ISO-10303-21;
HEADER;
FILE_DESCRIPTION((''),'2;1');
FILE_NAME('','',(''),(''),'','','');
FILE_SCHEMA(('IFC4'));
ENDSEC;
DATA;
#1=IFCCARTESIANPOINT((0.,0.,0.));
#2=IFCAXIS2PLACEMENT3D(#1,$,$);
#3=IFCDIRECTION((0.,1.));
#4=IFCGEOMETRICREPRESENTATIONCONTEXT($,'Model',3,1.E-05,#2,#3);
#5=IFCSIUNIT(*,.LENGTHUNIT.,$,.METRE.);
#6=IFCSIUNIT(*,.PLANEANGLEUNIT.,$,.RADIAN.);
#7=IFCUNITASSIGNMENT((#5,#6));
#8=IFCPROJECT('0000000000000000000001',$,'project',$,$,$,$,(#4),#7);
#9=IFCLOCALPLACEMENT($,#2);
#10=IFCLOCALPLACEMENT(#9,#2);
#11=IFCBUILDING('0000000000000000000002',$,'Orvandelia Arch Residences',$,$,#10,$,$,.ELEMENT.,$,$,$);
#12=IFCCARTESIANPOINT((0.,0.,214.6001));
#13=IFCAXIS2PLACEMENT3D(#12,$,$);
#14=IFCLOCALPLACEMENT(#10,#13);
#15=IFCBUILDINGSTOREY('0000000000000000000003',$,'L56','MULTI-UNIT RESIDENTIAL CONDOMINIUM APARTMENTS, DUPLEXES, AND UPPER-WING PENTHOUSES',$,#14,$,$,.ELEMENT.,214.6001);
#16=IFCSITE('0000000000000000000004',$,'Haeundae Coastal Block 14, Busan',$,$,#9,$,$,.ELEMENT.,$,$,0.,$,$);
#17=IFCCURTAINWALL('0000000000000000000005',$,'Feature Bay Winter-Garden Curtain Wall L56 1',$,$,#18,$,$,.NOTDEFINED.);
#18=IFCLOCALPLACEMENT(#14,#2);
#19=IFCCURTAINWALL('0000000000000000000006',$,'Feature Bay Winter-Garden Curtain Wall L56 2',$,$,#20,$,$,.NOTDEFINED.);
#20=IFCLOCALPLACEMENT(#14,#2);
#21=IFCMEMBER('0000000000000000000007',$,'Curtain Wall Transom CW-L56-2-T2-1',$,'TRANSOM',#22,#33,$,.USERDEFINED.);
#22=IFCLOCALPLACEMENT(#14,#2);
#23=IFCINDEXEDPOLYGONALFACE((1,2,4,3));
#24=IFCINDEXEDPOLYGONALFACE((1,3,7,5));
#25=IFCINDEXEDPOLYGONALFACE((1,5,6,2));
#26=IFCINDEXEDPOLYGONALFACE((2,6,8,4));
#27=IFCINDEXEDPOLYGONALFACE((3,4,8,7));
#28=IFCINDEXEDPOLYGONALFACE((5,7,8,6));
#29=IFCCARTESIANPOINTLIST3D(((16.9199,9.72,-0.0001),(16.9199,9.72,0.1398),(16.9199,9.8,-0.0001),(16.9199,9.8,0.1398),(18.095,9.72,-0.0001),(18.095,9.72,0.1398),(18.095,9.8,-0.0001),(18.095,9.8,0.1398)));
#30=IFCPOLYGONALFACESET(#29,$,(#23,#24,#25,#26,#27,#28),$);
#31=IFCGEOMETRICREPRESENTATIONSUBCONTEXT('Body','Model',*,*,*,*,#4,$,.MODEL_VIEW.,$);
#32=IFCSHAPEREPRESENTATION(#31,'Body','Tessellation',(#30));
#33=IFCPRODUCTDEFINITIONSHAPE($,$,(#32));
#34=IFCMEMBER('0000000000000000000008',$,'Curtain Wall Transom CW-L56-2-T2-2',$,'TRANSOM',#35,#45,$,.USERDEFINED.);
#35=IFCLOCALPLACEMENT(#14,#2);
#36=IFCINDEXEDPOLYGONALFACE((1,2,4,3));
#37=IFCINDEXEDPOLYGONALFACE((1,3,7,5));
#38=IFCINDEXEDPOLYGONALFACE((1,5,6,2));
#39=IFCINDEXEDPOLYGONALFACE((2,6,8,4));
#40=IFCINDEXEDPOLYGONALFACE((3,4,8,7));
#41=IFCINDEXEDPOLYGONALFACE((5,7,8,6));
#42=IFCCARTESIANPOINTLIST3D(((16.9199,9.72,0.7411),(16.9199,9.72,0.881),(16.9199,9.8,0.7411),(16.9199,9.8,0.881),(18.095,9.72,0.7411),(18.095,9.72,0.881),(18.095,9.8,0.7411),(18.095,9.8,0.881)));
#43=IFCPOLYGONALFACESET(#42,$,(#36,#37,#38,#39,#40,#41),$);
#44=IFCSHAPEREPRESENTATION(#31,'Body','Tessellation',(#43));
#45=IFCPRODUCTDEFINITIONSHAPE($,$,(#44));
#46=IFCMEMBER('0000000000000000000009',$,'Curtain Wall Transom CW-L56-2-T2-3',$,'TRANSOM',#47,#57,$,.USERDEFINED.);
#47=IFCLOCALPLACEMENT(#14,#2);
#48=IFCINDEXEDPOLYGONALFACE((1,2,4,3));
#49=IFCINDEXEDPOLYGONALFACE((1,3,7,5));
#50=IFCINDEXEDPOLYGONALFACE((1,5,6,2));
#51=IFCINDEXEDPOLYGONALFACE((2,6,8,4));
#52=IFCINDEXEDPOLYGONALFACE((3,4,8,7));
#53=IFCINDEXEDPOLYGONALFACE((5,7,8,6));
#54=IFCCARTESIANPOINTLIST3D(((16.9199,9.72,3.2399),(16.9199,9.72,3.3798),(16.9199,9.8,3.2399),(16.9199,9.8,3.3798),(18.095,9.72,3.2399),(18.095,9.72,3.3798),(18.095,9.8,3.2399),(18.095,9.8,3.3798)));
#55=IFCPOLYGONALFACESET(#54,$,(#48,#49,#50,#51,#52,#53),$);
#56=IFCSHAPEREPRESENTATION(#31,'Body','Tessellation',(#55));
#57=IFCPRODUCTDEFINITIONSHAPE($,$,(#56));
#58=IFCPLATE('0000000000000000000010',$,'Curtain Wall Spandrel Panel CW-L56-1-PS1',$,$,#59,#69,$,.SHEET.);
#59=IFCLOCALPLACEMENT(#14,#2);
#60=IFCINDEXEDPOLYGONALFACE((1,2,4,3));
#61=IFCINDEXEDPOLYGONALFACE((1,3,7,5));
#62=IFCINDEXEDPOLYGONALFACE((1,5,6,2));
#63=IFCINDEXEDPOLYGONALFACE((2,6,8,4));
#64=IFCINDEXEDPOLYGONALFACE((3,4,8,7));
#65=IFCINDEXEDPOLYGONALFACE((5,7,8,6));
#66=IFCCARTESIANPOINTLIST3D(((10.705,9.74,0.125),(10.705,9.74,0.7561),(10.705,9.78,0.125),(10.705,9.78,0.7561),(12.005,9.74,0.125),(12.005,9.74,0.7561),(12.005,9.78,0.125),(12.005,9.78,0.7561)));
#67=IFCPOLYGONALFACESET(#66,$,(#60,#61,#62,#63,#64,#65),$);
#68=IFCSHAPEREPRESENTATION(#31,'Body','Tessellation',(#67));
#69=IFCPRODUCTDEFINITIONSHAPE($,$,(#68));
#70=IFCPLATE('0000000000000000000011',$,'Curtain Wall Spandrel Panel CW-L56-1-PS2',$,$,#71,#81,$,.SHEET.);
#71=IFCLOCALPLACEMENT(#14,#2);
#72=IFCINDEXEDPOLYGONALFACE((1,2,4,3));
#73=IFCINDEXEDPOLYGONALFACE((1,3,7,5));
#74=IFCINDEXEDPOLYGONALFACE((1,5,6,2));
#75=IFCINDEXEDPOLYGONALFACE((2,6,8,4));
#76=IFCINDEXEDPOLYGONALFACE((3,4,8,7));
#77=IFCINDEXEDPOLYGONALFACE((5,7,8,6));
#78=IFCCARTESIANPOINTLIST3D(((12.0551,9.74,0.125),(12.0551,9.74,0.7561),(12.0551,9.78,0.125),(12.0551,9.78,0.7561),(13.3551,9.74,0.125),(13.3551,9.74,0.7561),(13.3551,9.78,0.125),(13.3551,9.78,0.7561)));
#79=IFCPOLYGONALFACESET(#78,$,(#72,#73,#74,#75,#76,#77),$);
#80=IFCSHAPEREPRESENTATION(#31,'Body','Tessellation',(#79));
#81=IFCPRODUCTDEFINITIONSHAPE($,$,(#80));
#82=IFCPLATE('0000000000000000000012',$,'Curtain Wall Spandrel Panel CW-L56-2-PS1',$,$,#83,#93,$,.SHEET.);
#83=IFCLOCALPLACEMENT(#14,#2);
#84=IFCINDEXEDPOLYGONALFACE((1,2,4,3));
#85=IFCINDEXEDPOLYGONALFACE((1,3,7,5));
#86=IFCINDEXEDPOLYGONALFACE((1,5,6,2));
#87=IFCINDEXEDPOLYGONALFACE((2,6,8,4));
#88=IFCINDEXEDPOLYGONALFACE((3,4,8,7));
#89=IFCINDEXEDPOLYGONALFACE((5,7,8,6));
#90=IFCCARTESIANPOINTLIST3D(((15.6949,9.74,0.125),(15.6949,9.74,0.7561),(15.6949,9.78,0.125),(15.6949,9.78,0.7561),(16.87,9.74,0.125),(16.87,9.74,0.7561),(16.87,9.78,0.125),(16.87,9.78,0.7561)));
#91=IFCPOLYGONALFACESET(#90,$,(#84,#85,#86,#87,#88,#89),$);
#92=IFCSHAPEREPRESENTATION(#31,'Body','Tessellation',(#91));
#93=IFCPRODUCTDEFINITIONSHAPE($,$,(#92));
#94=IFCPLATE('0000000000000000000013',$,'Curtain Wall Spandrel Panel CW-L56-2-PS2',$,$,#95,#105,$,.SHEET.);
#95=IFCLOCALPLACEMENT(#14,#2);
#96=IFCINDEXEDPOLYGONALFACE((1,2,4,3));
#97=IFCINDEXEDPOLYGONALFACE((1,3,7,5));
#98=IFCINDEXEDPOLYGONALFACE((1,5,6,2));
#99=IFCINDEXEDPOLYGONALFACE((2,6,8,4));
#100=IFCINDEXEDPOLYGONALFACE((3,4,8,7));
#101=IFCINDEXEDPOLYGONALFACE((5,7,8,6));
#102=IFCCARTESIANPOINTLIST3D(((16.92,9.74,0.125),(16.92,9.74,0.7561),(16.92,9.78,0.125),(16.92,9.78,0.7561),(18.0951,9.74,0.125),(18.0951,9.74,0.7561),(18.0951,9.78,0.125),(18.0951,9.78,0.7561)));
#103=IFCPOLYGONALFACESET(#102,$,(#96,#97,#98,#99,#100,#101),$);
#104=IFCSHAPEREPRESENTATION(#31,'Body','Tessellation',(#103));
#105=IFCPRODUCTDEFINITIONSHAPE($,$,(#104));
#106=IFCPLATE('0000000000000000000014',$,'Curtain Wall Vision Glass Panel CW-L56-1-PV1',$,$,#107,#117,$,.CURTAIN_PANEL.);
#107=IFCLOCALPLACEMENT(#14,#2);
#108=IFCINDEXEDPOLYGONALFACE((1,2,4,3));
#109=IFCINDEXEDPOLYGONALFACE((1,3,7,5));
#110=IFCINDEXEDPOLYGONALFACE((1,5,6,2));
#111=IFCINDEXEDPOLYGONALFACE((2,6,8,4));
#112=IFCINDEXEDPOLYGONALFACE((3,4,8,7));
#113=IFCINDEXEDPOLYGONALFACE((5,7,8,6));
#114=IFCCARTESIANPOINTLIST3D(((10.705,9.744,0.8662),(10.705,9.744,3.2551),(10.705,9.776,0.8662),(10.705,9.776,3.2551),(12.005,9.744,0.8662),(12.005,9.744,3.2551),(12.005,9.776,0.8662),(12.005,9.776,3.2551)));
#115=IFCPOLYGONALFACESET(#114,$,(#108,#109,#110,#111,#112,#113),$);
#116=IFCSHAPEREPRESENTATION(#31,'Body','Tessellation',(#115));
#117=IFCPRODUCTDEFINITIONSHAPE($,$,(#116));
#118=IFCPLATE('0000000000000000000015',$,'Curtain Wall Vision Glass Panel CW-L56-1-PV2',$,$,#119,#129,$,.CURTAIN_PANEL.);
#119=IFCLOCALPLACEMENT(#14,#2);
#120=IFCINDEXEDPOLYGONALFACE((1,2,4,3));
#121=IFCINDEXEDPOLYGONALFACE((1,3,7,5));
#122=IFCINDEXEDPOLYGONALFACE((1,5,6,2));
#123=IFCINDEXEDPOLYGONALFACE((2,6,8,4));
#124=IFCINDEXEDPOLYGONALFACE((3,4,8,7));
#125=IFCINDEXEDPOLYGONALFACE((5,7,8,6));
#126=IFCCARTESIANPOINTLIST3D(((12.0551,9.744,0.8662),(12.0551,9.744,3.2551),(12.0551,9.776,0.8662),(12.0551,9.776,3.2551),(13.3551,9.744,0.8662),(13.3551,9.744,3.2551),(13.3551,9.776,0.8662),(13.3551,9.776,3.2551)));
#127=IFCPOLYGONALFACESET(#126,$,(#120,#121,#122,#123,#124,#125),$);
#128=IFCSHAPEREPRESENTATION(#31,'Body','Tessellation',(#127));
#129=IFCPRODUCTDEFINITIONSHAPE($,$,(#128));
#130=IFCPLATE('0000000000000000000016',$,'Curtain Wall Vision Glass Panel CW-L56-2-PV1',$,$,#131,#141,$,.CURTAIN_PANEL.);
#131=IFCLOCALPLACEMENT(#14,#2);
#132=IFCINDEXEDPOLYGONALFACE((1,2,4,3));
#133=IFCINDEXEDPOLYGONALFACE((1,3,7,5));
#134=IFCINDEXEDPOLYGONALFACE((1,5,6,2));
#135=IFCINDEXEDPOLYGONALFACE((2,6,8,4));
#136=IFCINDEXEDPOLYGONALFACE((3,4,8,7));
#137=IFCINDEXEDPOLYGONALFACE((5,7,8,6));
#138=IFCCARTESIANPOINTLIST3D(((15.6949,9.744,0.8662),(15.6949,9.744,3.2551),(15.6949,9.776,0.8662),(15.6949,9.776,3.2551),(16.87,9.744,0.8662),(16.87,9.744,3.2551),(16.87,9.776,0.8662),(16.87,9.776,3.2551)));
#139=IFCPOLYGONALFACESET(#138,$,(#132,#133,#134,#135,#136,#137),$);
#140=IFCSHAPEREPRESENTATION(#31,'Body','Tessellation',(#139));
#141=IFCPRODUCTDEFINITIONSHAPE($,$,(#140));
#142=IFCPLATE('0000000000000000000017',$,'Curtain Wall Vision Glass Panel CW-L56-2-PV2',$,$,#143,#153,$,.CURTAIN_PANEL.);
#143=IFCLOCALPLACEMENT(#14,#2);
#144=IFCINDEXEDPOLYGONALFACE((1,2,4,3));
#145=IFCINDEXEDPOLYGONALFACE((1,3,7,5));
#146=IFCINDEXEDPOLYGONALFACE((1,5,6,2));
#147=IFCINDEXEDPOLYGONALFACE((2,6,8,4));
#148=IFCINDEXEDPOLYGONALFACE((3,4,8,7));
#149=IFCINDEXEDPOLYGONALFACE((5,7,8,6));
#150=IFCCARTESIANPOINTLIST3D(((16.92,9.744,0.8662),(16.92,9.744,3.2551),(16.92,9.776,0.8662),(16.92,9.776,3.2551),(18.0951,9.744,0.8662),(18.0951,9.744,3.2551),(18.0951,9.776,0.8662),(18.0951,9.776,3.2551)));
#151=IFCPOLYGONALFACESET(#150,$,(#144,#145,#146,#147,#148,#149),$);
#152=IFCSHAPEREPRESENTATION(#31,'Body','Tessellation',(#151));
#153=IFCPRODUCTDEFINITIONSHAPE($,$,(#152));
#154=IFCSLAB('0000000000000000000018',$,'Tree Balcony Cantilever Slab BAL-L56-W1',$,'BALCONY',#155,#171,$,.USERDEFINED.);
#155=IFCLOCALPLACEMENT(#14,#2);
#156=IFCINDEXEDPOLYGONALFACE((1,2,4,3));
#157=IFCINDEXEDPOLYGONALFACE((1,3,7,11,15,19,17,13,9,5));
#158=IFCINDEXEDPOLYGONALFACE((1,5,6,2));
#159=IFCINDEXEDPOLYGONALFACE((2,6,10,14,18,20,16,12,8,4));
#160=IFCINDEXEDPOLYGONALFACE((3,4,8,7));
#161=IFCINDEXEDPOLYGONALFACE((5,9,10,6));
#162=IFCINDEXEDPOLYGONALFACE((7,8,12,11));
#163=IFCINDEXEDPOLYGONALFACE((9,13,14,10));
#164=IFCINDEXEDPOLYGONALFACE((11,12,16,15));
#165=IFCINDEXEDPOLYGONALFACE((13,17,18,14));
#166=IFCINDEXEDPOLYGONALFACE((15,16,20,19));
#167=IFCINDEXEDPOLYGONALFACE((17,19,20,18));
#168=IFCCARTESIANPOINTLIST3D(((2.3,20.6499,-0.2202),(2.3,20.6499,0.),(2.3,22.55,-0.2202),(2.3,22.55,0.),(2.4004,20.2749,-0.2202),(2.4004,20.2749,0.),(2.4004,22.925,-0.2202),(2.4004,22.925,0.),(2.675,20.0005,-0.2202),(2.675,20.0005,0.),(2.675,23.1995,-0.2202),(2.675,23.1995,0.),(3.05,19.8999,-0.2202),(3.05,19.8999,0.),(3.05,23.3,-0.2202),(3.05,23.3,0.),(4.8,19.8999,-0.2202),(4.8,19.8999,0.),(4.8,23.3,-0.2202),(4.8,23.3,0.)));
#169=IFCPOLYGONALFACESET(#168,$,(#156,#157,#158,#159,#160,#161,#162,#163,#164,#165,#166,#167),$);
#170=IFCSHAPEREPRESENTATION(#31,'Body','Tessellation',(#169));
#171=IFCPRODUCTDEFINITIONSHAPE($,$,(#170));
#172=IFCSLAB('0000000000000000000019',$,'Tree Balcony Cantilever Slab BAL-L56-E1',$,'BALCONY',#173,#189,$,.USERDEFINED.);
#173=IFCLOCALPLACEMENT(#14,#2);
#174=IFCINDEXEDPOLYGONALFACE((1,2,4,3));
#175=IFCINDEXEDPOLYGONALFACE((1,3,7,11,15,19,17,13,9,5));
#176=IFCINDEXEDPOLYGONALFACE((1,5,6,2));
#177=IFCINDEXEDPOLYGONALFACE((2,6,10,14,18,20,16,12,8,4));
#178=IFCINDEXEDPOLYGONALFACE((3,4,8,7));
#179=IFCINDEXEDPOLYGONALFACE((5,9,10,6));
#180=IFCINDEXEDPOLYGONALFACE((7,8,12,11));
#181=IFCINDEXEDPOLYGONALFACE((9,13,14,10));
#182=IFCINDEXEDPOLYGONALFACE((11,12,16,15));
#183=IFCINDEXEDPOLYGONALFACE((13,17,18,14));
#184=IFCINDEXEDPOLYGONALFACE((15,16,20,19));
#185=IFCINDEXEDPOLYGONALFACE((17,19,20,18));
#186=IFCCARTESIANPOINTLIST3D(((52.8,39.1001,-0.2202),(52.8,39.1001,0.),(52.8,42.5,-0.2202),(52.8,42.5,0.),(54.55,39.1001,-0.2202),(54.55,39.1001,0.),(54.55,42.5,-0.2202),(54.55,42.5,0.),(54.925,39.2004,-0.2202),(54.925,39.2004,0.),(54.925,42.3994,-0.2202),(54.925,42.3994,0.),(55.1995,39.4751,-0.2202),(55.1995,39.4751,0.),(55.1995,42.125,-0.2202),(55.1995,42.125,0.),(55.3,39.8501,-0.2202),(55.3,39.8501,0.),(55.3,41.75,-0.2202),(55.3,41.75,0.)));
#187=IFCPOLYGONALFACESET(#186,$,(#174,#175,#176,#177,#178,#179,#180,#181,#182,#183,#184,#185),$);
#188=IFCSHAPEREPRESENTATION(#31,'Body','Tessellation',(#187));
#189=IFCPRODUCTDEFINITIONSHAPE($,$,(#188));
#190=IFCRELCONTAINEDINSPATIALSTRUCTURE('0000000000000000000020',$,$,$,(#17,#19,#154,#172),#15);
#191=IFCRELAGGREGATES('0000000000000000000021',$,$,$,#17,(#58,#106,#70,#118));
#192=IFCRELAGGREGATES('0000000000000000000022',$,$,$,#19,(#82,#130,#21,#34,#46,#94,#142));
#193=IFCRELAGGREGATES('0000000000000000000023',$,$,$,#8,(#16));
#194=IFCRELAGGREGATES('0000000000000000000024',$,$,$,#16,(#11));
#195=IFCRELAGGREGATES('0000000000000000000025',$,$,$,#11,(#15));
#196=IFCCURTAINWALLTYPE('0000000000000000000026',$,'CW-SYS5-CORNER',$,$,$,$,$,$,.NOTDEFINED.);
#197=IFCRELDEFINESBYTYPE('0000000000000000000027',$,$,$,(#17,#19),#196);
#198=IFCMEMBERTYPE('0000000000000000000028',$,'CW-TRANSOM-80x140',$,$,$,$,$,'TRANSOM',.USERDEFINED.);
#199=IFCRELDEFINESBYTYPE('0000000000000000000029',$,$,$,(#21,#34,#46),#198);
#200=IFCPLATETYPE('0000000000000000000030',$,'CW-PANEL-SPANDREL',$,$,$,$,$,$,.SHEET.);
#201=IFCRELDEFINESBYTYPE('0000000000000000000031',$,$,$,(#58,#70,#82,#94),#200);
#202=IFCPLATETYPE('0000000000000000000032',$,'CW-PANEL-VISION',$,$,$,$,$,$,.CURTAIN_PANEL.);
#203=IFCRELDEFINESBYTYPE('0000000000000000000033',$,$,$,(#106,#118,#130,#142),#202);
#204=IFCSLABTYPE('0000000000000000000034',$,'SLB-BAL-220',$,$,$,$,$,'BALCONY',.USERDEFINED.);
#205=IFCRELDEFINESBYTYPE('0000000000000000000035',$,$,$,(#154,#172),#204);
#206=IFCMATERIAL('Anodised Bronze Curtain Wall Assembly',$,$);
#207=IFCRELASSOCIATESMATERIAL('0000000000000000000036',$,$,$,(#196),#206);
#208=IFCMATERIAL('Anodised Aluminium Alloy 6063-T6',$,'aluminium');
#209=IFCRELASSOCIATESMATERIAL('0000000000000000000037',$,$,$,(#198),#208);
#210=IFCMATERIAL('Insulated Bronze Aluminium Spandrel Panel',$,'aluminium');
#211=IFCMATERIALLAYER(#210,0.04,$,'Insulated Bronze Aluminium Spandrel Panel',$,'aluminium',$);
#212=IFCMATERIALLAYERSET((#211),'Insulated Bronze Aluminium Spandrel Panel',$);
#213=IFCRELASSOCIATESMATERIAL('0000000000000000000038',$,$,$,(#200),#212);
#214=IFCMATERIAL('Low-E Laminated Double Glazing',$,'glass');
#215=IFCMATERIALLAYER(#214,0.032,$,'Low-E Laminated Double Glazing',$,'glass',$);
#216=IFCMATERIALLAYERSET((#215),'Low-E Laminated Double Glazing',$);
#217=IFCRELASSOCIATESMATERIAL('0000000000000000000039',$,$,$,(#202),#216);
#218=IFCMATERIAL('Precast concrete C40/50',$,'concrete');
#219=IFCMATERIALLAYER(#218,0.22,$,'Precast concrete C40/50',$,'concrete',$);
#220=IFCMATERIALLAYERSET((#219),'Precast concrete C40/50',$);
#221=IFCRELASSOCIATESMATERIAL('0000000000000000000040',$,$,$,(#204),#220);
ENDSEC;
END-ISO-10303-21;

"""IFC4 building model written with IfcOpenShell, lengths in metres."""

from ifc_helpers import new_model, si_unit, direction, frame, origin, origin_2d, place, context, subcontext, project, spatial, polyline, rectangle, outline, extrude, material, layer, layer_set, material_profile, profile_set, type_object, element, aggregate, save


model = new_model("IFC4")

# Units and contexts
model_context = context("Model", 3, precision=1e-05, world=origin(), true_north=direction((0.0, 1.0)))
body_context = subcontext(model_context, "Body", "Model", "MODEL_VIEW")
ifc_project = project(units=[si_unit("LENGTHUNIT", "METRE"), si_unit("PLANEANGLEUNIT", "RADIAN")], contexts=[model_context])

# Site, building, storey
site_placement = place(None, origin())
site = spatial("IfcSite", under=ifc_project, at=site_placement, Name="Haeundae Coastal Block 14, Busan", CompositionType="ELEMENT", RefElevation=0.0)
building_placement = place(site_placement, origin())
building = spatial("IfcBuilding", under=site, at=building_placement, Name="Orvandelia Arch Residences", CompositionType="ELEMENT")
storey_placement = place(building_placement, frame((0.0, 0.0, 214.6001)))
storey = spatial("IfcBuildingStorey", under=building, at=storey_placement, Name="L56", Description="MULTI-UNIT RESIDENTIAL CONDOMINIUM APARTMENTS, DUPLEXES, AND UPPER-WING PENTHOUSES", CompositionType="ELEMENT", Elevation=214.6001)

# Curtain walls
ifc_material_1 = material(Name="Anodised Bronze Curtain Wall Assembly")
curtain_wall_type = type_object("IfcCurtainWallType", Name="CW-SYS5-CORNER", PredefinedType="NOTDEFINED", material=ifc_material_1)
curtain_wall_1_placement = place(storey_placement, origin())
curtain_wall_1 = element("IfcCurtainWall", 1, at=curtain_wall_1_placement, inside=storey, type_object=curtain_wall_type, Name="Feature Bay Winter-Garden Curtain Wall L56 1", PredefinedType="NOTDEFINED")
ifc_material_2 = material(Name="Anodised Aluminium Alloy 6063-T6", Category="aluminium")
curtain_wall_2_placement = place(storey_placement, origin())
curtain_wall_2 = element("IfcCurtainWall", 2, at=curtain_wall_2_placement, inside=storey, type_object=curtain_wall_type, Name="Feature Bay Winter-Garden Curtain Wall L56 2", PredefinedType="NOTDEFINED")

# Members
ifc_material_profile_1 = material_profile(ifc_material_2, rectangle(XDim=0.0801, YDim=0.1399, at=origin_2d()), Name="Anodised Aluminium Alloy 6063-T6", Category="aluminium")
ifc_profile_set_1 = profile_set([ifc_material_profile_1], Name="Anodised Aluminium Alloy 6063-T6")
member_type_1 = type_object("IfcMemberType", Name="CW-TRANSOM-80x140", ElementType="TRANSOM", PredefinedType="USERDEFINED", material=ifc_profile_set_1)
member_1_placement = place(storey_placement, frame((16.9199, 9.76, 0.0698), z_axis=(1.0, 0.0, 0.0), x_axis=(0.0, 1.0, 0.0)))
member_1 = element("IfcMember", 3, at=member_1_placement, type_object=member_type_1, Name="Curtain Wall Transom CW-L56-2-T2-1", ObjectType="TRANSOM", PredefinedType="USERDEFINED", context=body_context, shape_type="SweptSolid", body=[
    extrude(rectangle(XDim=0.0801, YDim=0.1399, at=origin_2d()), origin(), (0.0, 0.0, 1.0), 1.175),
])
member_2_placement = place(storey_placement, frame((16.9199, 9.76, 0.811), z_axis=(1.0, 0.0, 0.0), x_axis=(0.0, 1.0, 0.0)))
member_2 = element("IfcMember", 4, at=member_2_placement, type_object=member_type_1, Name="Curtain Wall Transom CW-L56-2-T2-2", ObjectType="TRANSOM", PredefinedType="USERDEFINED", context=body_context, shape_type="SweptSolid", body=[
    extrude(rectangle(XDim=0.0801, YDim=0.1399, at=origin_2d()), origin(), (0.0, 0.0, 1.0), 1.175),
])
member_3_placement = place(storey_placement, frame((16.9199, 9.76, 3.3098), z_axis=(1.0, 0.0, 0.0), x_axis=(0.0, 1.0, 0.0)))
member_3 = element("IfcMember", 5, at=member_3_placement, type_object=member_type_1, Name="Curtain Wall Transom CW-L56-2-T2-3", ObjectType="TRANSOM", PredefinedType="USERDEFINED", context=body_context, shape_type="SweptSolid", body=[
    extrude(rectangle(XDim=0.0801, YDim=0.1399, at=origin_2d()), origin(), (0.0, 0.0, 1.0), 1.175),
])

# Plates
ifc_material_3 = material(Name="Insulated Bronze Aluminium Spandrel Panel", Category="aluminium")
ifc_layer_1 = layer(ifc_material_3, 0.04, Name="Insulated Bronze Aluminium Spandrel Panel", Category="aluminium")
ifc_layer_set_1 = layer_set([ifc_layer_1], Name="Insulated Bronze Aluminium Spandrel Panel")
plate_type_1 = type_object("IfcPlateType", Name="CW-PANEL-SPANDREL", PredefinedType="SHEET", material=ifc_layer_set_1)
plate_1_placement = place(storey_placement, frame((11.355, 9.76, 0.125), z_axis=(0.0, 0.0, 1.0), x_axis=(1.0, 0.0, 0.0)))
plate_1 = element("IfcPlate", 6, at=plate_1_placement, type_object=plate_type_1, Name="Curtain Wall Spandrel Panel CW-L56-1-PS1", PredefinedType="SHEET", context=body_context, shape_type="SweptSolid", body=[
    extrude(rectangle(XDim=1.3, YDim=0.04, at=origin_2d()), origin(), (0.0, 0.0, 1.0), 0.6311),
])
plate_2_placement = place(storey_placement, frame((12.7051, 9.76, 0.125), z_axis=(0.0, 0.0, 1.0), x_axis=(1.0, 0.0, 0.0)))
plate_2 = element("IfcPlate", 7, at=plate_2_placement, type_object=plate_type_1, Name="Curtain Wall Spandrel Panel CW-L56-1-PS2", PredefinedType="SHEET", context=body_context, shape_type="SweptSolid", body=[
    extrude(rectangle(XDim=1.3, YDim=0.04, at=origin_2d()), origin(), (0.0, 0.0, 1.0), 0.6311),
])
plate_3_placement = place(storey_placement, frame((16.2825, 9.76, 0.125), z_axis=(0.0, 0.0, 1.0), x_axis=(1.0, 0.0, 0.0)))
plate_3 = element("IfcPlate", 8, at=plate_3_placement, type_object=plate_type_1, Name="Curtain Wall Spandrel Panel CW-L56-2-PS1", PredefinedType="SHEET", context=body_context, shape_type="SweptSolid", body=[
    extrude(rectangle(XDim=1.175, YDim=0.04, at=origin_2d()), origin(), (0.0, 0.0, 1.0), 0.6311),
])
plate_4_placement = place(storey_placement, frame((17.5076, 9.76, 0.125), z_axis=(0.0, 0.0, 1.0), x_axis=(1.0, 0.0, 0.0)))
plate_4 = element("IfcPlate", 9, at=plate_4_placement, type_object=plate_type_1, Name="Curtain Wall Spandrel Panel CW-L56-2-PS2", PredefinedType="SHEET", context=body_context, shape_type="SweptSolid", body=[
    extrude(rectangle(XDim=1.175, YDim=0.04, at=origin_2d()), origin(), (0.0, 0.0, 1.0), 0.6311),
])
ifc_material_4 = material(Name="Low-E Laminated Double Glazing", Category="glass")
ifc_layer_2 = layer(ifc_material_4, 0.032, Name="Low-E Laminated Double Glazing", Category="glass")
ifc_layer_set_2 = layer_set([ifc_layer_2], Name="Low-E Laminated Double Glazing")
plate_type_2 = type_object("IfcPlateType", Name="CW-PANEL-VISION", PredefinedType="CURTAIN_PANEL", material=ifc_layer_set_2)
plate_5_placement = place(storey_placement, frame((11.355, 9.76, 0.8662), z_axis=(0.0, 0.0, 1.0), x_axis=(1.0, 0.0, 0.0)))
plate_5 = element("IfcPlate", 10, at=plate_5_placement, type_object=plate_type_2, Name="Curtain Wall Vision Glass Panel CW-L56-1-PV1", PredefinedType="CURTAIN_PANEL", context=body_context, shape_type="SweptSolid", body=[
    extrude(rectangle(XDim=1.3, YDim=0.032, at=origin_2d()), origin(), (0.0, 0.0, 1.0), 2.3889),
])
plate_6_placement = place(storey_placement, frame((12.7051, 9.76, 0.8662), z_axis=(0.0, 0.0, 1.0), x_axis=(1.0, 0.0, 0.0)))
plate_6 = element("IfcPlate", 11, at=plate_6_placement, type_object=plate_type_2, Name="Curtain Wall Vision Glass Panel CW-L56-1-PV2", PredefinedType="CURTAIN_PANEL", context=body_context, shape_type="SweptSolid", body=[
    extrude(rectangle(XDim=1.3, YDim=0.032, at=origin_2d()), origin(), (0.0, 0.0, 1.0), 2.3889),
])
aggregate(curtain_wall_1, [plate_1, plate_5, plate_2, plate_6])
plate_7_placement = place(storey_placement, frame((16.2825, 9.76, 0.8662), z_axis=(0.0, 0.0, 1.0), x_axis=(1.0, 0.0, 0.0)))
plate_7 = element("IfcPlate", 12, at=plate_7_placement, type_object=plate_type_2, Name="Curtain Wall Vision Glass Panel CW-L56-2-PV1", PredefinedType="CURTAIN_PANEL", context=body_context, shape_type="SweptSolid", body=[
    extrude(rectangle(XDim=1.175, YDim=0.032, at=origin_2d()), origin(), (0.0, 0.0, 1.0), 2.3889),
])
plate_8_placement = place(storey_placement, frame((17.5076, 9.76, 0.8662), z_axis=(0.0, 0.0, 1.0), x_axis=(1.0, 0.0, 0.0)))
plate_8 = element("IfcPlate", 13, at=plate_8_placement, type_object=plate_type_2, Name="Curtain Wall Vision Glass Panel CW-L56-2-PV2", PredefinedType="CURTAIN_PANEL", context=body_context, shape_type="SweptSolid", body=[
    extrude(rectangle(XDim=1.175, YDim=0.032, at=origin_2d()), origin(), (0.0, 0.0, 1.0), 2.3889),
])
aggregate(curtain_wall_2, [plate_3, plate_7, member_1, member_2, member_3, plate_4, plate_8])

# Slabs
ifc_material_5 = material(Name="Precast concrete C40/50", Category="concrete")
ifc_layer_3 = layer(ifc_material_5, 0.22, Name="Precast concrete C40/50", Category="concrete")
ifc_layer_set_3 = layer_set([ifc_layer_3], Name="Precast concrete C40/50")
slab_type_1 = type_object("IfcSlabType", Name="SLB-BAL-220", ElementType="BALCONY", PredefinedType="USERDEFINED", material=ifc_layer_set_3)
slab_1_placement = place(storey_placement, frame((0.0, 0.0, -0.2202)))
element("IfcSlab", 14, at=slab_1_placement, inside=storey, type_object=slab_type_1, Name="Tree Balcony Cantilever Slab BAL-L56-W1", ObjectType="BALCONY", PredefinedType="USERDEFINED", context=body_context, shape_type="SweptSolid", body=[
    extrude(outline(polyline([(4.8, 19.8999), (4.8, 23.3), (3.05, 23.3), (2.675, 23.1995), (2.4004, 22.925), (2.3, 22.55), (2.3, 20.6499), (2.4004, 20.2749), (2.675, 20.0005), (3.05, 19.8999), (4.8, 19.8999)])), origin(), (0.0, 0.0, 1.0), 0.2202),
])
slab_2_placement = place(storey_placement, frame((0.0, 0.0, -0.2202)))
element("IfcSlab", 15, at=slab_2_placement, inside=storey, type_object=slab_type_1, Name="Tree Balcony Cantilever Slab BAL-L56-E1", ObjectType="BALCONY", PredefinedType="USERDEFINED", context=body_context, shape_type="SweptSolid", body=[
    extrude(outline(polyline([(52.8, 42.5), (52.8, 39.1001), (54.55, 39.1001), (54.925, 39.2004), (55.1995, 39.4751), (55.3, 39.8501), (55.3, 41.75), (55.1995, 42.125), (54.925, 42.3994), (54.55, 42.5), (52.8, 42.5)])), origin(), (0.0, 0.0, 1.0), 0.2202),
])

save(model, "model.ifc")
